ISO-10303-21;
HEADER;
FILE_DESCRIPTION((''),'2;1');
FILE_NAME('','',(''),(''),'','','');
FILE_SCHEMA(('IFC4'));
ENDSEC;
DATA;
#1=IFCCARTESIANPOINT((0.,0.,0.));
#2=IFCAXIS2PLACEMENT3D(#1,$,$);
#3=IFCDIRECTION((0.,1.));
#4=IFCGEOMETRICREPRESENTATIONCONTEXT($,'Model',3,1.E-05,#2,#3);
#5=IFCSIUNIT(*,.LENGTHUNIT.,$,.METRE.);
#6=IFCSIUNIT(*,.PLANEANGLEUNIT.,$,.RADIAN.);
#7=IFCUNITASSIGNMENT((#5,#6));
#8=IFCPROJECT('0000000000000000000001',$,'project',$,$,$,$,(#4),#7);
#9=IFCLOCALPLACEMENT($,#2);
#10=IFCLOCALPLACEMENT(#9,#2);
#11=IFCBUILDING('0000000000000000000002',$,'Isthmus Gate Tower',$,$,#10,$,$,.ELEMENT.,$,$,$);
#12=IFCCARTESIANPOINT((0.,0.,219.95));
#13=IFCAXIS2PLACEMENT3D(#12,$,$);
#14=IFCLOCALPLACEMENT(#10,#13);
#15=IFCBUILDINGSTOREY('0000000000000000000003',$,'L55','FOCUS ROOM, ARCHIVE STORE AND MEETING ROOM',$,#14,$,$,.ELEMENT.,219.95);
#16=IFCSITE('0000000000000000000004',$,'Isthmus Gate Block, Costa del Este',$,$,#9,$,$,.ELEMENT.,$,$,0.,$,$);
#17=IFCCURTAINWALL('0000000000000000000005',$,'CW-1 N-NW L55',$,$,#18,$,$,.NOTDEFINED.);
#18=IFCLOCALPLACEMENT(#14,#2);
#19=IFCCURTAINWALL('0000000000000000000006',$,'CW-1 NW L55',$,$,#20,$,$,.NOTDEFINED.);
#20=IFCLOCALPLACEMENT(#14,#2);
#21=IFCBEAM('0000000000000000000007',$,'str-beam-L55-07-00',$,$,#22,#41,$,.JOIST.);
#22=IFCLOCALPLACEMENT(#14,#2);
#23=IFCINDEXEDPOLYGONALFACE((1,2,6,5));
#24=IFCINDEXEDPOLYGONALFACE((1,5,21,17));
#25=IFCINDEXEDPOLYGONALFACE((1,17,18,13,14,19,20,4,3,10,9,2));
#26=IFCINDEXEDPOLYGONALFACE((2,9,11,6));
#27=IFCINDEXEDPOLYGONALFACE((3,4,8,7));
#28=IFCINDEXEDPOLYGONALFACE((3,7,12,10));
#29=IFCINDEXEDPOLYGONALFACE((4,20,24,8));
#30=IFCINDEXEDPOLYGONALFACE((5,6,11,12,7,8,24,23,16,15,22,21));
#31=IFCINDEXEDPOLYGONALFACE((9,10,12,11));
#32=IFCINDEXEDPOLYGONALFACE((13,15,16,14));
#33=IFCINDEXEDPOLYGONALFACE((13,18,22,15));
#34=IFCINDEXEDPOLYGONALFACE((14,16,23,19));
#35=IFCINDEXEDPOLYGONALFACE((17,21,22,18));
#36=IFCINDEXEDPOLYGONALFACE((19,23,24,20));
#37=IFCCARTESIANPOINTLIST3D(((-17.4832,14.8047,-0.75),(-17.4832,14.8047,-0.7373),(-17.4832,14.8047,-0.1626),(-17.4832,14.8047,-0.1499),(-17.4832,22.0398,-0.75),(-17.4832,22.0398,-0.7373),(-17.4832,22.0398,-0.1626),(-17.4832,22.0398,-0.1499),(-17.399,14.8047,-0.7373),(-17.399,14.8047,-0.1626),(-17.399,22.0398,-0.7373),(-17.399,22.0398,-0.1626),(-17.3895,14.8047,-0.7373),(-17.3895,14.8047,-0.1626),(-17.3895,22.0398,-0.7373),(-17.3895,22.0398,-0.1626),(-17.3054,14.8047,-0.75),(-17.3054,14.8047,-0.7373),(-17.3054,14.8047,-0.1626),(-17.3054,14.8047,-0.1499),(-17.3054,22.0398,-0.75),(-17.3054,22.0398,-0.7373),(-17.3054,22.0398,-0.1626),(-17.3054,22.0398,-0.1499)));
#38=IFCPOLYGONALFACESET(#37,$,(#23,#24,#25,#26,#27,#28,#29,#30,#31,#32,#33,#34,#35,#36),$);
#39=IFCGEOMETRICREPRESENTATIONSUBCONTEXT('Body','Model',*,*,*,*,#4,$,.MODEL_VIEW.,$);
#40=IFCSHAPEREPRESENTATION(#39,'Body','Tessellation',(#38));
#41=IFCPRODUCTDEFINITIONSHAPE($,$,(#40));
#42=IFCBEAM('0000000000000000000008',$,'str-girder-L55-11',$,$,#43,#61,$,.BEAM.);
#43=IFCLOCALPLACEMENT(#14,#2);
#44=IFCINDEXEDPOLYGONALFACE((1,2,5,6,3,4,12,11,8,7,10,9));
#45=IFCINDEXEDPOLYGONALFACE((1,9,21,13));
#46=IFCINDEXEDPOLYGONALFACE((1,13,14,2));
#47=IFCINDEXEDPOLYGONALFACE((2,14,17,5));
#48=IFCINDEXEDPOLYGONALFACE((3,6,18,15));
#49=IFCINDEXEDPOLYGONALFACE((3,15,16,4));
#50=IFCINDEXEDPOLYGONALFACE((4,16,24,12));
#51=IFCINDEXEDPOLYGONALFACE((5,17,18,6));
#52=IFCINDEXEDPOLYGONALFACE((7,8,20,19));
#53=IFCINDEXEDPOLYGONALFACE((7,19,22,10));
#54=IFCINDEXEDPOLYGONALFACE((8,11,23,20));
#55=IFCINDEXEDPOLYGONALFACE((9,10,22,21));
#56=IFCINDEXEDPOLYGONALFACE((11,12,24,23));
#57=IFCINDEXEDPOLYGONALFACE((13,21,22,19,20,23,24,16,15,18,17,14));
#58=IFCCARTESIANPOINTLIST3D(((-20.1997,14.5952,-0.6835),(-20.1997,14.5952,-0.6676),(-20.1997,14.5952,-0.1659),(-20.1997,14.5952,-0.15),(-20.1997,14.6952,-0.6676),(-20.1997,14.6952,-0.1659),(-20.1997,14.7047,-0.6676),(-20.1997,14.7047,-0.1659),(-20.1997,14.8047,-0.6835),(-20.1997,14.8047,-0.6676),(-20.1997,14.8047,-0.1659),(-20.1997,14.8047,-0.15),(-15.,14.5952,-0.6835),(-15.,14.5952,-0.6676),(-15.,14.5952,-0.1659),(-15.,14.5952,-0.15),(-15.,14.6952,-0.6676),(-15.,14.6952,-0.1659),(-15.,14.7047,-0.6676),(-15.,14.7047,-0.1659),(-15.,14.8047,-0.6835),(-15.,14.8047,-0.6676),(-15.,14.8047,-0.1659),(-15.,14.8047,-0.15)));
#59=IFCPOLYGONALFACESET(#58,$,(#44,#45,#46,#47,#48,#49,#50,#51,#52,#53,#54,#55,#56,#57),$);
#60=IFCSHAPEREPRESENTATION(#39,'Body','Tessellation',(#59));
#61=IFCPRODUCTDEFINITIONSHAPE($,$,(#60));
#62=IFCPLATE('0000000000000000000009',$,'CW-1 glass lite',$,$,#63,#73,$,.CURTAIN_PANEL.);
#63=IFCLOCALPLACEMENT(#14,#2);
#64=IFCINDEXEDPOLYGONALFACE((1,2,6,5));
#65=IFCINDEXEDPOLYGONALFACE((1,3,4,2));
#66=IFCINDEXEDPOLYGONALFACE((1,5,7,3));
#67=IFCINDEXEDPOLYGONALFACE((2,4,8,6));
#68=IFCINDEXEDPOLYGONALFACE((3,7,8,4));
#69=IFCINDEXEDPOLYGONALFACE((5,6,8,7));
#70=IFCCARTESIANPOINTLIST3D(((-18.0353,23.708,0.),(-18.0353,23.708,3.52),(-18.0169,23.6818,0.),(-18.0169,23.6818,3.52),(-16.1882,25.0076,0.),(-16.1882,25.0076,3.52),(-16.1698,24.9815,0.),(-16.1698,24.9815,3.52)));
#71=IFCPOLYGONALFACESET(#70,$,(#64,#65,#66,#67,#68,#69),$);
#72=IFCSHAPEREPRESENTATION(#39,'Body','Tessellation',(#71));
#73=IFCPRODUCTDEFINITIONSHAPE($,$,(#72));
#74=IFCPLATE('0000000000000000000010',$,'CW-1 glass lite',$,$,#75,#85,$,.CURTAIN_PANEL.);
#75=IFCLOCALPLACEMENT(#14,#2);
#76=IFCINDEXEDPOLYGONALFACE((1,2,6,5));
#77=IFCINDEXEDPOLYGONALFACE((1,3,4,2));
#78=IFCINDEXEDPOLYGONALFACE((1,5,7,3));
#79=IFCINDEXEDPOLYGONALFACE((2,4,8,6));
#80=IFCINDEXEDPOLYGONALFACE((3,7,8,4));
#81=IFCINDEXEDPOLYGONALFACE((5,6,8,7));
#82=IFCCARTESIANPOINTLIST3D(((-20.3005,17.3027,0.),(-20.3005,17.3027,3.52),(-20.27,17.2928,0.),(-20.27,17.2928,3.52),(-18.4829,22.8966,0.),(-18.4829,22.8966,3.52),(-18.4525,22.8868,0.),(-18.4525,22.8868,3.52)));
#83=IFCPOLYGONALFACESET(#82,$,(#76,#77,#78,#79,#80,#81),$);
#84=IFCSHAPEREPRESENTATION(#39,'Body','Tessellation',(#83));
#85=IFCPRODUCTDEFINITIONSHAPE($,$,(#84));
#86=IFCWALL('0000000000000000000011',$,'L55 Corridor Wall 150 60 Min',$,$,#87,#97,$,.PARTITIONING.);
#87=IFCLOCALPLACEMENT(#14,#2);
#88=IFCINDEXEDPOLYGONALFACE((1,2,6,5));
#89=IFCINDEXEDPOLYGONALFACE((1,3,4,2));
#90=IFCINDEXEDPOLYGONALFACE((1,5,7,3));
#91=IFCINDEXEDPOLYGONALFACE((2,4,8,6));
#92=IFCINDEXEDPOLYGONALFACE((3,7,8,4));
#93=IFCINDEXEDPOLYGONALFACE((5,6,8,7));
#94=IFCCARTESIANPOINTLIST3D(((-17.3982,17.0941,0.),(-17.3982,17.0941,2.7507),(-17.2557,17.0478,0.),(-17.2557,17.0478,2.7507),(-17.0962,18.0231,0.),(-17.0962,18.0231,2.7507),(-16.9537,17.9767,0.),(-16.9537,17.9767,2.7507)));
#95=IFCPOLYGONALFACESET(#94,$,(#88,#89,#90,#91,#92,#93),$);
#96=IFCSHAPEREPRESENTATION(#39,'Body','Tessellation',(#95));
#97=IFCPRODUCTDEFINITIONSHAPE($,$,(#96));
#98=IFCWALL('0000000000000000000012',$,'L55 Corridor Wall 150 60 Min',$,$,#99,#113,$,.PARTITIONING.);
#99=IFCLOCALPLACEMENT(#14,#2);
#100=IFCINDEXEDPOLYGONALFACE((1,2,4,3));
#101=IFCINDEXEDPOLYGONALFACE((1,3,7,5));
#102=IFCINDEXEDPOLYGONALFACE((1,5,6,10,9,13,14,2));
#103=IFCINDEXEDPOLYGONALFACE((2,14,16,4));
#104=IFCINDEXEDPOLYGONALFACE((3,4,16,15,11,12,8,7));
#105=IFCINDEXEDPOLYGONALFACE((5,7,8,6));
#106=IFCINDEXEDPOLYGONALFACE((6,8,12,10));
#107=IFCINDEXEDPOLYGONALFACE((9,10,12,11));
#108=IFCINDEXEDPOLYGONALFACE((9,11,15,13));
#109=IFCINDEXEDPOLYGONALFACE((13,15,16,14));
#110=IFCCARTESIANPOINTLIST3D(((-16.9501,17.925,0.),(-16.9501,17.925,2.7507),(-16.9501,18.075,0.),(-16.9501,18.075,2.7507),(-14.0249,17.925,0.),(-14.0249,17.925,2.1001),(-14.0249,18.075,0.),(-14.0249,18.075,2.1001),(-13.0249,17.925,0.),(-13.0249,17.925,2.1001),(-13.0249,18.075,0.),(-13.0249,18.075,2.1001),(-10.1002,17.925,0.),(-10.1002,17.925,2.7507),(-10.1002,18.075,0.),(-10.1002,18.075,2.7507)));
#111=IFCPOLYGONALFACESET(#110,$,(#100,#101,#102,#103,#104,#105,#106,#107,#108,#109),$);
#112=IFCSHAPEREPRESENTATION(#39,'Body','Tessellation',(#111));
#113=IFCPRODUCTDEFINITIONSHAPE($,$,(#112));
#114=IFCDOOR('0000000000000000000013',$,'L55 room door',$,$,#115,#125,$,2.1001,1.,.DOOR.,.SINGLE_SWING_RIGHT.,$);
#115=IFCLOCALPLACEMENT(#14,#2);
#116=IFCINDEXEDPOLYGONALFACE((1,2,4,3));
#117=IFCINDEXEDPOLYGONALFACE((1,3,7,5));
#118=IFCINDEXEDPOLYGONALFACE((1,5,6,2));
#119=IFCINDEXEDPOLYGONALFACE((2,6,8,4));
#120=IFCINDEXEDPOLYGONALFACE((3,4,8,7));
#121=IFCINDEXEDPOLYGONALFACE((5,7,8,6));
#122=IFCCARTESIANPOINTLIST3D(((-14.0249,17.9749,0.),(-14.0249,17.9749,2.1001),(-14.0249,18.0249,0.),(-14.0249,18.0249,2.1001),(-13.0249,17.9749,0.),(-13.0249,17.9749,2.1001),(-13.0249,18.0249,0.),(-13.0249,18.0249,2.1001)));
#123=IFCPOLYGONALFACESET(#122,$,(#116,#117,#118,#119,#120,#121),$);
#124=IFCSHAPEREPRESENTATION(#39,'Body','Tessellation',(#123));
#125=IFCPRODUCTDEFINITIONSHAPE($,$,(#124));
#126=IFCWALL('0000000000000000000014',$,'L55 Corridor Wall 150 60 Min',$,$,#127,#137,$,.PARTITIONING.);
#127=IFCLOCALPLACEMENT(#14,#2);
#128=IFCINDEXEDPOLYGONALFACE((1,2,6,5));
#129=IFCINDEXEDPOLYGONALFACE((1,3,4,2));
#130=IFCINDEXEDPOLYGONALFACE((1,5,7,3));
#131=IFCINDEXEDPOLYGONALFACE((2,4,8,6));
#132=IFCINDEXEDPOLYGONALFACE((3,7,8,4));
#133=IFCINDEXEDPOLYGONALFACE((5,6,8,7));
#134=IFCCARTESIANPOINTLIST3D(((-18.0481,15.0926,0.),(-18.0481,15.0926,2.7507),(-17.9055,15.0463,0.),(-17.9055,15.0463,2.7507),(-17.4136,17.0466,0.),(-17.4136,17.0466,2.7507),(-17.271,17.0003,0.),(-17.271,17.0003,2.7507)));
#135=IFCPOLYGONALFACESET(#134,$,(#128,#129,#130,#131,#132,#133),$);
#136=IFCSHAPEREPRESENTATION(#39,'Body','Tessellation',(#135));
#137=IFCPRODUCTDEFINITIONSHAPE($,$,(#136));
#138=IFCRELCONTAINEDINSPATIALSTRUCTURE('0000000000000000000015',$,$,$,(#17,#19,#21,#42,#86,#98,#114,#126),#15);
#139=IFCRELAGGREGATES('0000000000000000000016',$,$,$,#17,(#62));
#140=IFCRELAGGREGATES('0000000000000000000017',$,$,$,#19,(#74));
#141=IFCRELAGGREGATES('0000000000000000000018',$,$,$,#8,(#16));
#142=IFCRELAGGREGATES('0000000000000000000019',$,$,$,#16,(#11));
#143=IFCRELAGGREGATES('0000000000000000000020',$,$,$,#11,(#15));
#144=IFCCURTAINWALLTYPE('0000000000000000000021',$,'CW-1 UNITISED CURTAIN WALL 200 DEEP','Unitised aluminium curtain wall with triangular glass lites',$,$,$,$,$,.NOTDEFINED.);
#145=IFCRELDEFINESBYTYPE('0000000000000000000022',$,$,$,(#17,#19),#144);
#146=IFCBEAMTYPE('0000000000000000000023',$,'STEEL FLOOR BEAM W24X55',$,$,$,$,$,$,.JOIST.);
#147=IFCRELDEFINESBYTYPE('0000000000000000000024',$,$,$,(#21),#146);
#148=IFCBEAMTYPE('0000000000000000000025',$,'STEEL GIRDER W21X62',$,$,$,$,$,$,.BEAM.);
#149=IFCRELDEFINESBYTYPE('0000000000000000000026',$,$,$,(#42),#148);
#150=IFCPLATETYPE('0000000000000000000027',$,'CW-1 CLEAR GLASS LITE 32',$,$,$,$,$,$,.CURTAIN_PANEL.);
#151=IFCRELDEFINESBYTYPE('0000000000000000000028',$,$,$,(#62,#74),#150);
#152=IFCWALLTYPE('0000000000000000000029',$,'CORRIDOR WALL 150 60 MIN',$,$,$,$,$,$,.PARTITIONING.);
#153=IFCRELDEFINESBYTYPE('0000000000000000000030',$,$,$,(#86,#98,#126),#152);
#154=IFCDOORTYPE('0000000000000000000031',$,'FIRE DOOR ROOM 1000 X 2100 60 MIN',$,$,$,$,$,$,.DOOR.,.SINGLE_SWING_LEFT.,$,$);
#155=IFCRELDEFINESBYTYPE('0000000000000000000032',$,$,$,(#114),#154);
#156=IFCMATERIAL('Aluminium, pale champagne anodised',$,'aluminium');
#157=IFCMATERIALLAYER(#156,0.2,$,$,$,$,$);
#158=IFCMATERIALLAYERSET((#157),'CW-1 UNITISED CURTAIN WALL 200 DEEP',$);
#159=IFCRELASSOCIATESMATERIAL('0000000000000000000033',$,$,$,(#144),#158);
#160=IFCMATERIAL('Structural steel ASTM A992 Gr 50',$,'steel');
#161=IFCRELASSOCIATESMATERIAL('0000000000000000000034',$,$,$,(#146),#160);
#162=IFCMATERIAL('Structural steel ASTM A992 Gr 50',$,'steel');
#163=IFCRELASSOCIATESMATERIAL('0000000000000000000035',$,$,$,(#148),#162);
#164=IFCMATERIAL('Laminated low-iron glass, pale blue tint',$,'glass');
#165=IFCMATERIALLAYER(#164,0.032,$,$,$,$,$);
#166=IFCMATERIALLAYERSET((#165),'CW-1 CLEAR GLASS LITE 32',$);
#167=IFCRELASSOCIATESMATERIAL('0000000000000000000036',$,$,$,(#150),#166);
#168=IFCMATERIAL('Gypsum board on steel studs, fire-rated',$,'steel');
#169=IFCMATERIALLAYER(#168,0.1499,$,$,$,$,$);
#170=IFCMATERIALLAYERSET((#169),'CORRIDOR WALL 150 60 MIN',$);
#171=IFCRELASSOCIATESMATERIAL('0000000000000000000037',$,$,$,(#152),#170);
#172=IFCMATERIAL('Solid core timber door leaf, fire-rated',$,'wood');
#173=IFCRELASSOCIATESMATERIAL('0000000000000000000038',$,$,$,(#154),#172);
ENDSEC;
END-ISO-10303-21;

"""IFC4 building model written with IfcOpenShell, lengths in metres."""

from ifc_helpers import new_model, si_unit, direction, frame, frame_2d, origin, origin_2d, place, context, subcontext, project, spatial, rectangle, i_section, extrude, material, layer, layer_set, material_profile, profile_set, type_object, element, fill, aggregate, save


model = new_model("IFC4")

# Units and contexts
model_context = context("Model", 3, precision=1e-05, world=origin(), true_north=direction((0.0, 1.0)))
body_context = subcontext(model_context, "Body", "Model", "MODEL_VIEW")
ifc_project = project(units=[si_unit("LENGTHUNIT", "METRE"), si_unit("PLANEANGLEUNIT", "RADIAN")], contexts=[model_context])

# Site, building, storey
site_placement = place(None, origin())
site = spatial("IfcSite", under=ifc_project, at=site_placement, Name="Isthmus Gate Block, Costa del Este", CompositionType="ELEMENT", RefElevation=0.0)
building_placement = place(site_placement, origin())
building = spatial("IfcBuilding", under=site, at=building_placement, Name="Isthmus Gate Tower", CompositionType="ELEMENT")
storey_placement = place(building_placement, frame((0.0, 0.0, 219.95)))
storey = spatial("IfcBuildingStorey", under=building, at=storey_placement, Name="L55", Description="FOCUS ROOM, ARCHIVE STORE AND MEETING ROOM", CompositionType="ELEMENT", Elevation=219.95)

# Curtain walls
ifc_material_1 = material(Name="Aluminium, pale champagne anodised", Category="aluminium")
ifc_layer_1 = layer(ifc_material_1, 0.2)
ifc_layer_set_1 = layer_set([ifc_layer_1], Name="CW-1 UNITISED CURTAIN WALL 200 DEEP")
curtain_wall_type = type_object("IfcCurtainWallType", Name="CW-1 UNITISED CURTAIN WALL 200 DEEP", Description="Unitised aluminium curtain wall with triangular glass lites", PredefinedType="NOTDEFINED", material=ifc_layer_set_1)
curtain_wall_1_placement = place(storey_placement, origin())
curtain_wall_1 = element("IfcCurtainWall", 1, at=curtain_wall_1_placement, inside=storey, type_object=curtain_wall_type, Name="CW-1 N-NW L55", PredefinedType="NOTDEFINED")
curtain_wall_2_placement = place(storey_placement, origin())
curtain_wall_2 = element("IfcCurtainWall", 2, at=curtain_wall_2_placement, inside=storey, type_object=curtain_wall_type, Name="CW-1 NW L55", PredefinedType="NOTDEFINED")

# Beams
ifc_material_2 = material(Name="Structural steel ASTM A992 Gr 50", Category="steel")
ifc_material_profile_1 = material_profile(ifc_material_2, i_section(OverallWidth=0.1777, OverallDepth=0.6001, WebThickness=0.0095, FlangeThickness=0.0127, at=origin_2d()), Name="W24X55")
ifc_profile_set_1 = profile_set([ifc_material_profile_1], Name="Structural steel ASTM A992 Gr 50")
beam_type_1 = type_object("IfcBeamType", Name="STEEL FLOOR BEAM W24X55", PredefinedType="JOIST", material=ifc_profile_set_1)
beam_1_placement = place(storey_placement, frame((-17.3943, 14.8047, -0.45), z_axis=(0.0, 1.0, 0.0), x_axis=(-1.0, 0.0, 0.0)))
element("IfcBeam", 3, at=beam_1_placement, inside=storey, type_object=beam_type_1, Name="str-beam-L55-07-00", PredefinedType="JOIST", context=body_context, shape_type="SweptSolid", body=[
    extrude(i_section(OverallWidth=0.1777, OverallDepth=0.6001, WebThickness=0.0095, FlangeThickness=0.0127, at=origin_2d()), origin(), (0.0, 0.0, 1.0), 7.2351),
])
ifc_material_3 = material(Name="Structural steel ASTM A992 Gr 50", Category="steel")
ifc_material_profile_2 = material_profile(ifc_material_3, i_section(OverallWidth=0.2095, OverallDepth=0.5334, WebThickness=0.0095, FlangeThickness=0.0159, at=origin_2d()), Name="W21X62")
ifc_profile_set_2 = profile_set([ifc_material_profile_2], Name="Structural steel ASTM A992 Gr 50")
beam_type_2 = type_object("IfcBeamType", Name="STEEL GIRDER W21X62", PredefinedType="BEAM", material=ifc_profile_set_2)
beam_2_placement = place(storey_placement, frame((-15.0, 14.7, -0.4167), z_axis=(-1.0, 0.0, 0.0), x_axis=(0.0, -1.0, 0.0)))
element("IfcBeam", 4, at=beam_2_placement, inside=storey, type_object=beam_type_2, Name="str-girder-L55-11", PredefinedType="BEAM", context=body_context, shape_type="SweptSolid", body=[
    extrude(i_section(OverallWidth=0.2095, OverallDepth=0.5334, WebThickness=0.0095, FlangeThickness=0.0159, at=origin_2d()), origin(), (0.0, 0.0, 1.0), 5.1997),
])

# Plates
ifc_material_4 = material(Name="Laminated low-iron glass, pale blue tint", Category="glass")
ifc_layer_2 = layer(ifc_material_4, 0.032)
ifc_layer_set_2 = layer_set([ifc_layer_2], Name="CW-1 CLEAR GLASS LITE 32")
plate_type = type_object("IfcPlateType", Name="CW-1 CLEAR GLASS LITE 32", PredefinedType="CURTAIN_PANEL", material=ifc_layer_set_2)
plate_1_placement = place(storey_placement, frame((-17.1025, 24.3447, 0.0), z_axis=(0.0, 0.0, 1.0), x_axis=(-0.81786, -0.575418, 0.0)))
plate_1 = element("IfcPlate", 5, at=plate_1_placement, type_object=plate_type, Name="CW-1 glass lite", PredefinedType="CURTAIN_PANEL", context=body_context, shape_type="SweptSolid", body=[
    extrude(rectangle(XDim=2.2585, YDim=0.032, at=origin_2d()), origin(), (0.0, 0.0, 1.0), 3.52),
])
aggregate(curtain_wall_1, [plate_1])
plate_2_placement = place(storey_placement, frame((-19.3765, 20.0947, 0.0), z_axis=(0.0, 0.0, 1.0), x_axis=(-0.309017, -0.951057, 0.0)))
plate_2 = element("IfcPlate", 6, at=plate_2_placement, type_object=plate_type, Name="CW-1 glass lite", PredefinedType="CURTAIN_PANEL", context=body_context, shape_type="SweptSolid", body=[
    extrude(rectangle(XDim=5.8818, YDim=0.032, at=origin_2d()), origin(), (0.0, 0.0, 1.0), 3.52),
])

# Wall
ifc_material_5 = material(Name="Gypsum board on steel studs, fire-rated", Category="steel")
ifc_layer_3 = layer(ifc_material_5, 0.1499)
ifc_layer_set_3 = layer_set([ifc_layer_3], Name="CORRIDOR WALL 150 60 MIN")
wall_type_1 = type_object("IfcWallType", Name="CORRIDOR WALL 150 60 MIN", PredefinedType="PARTITIONING", material=ifc_layer_set_3)
wall_1_placement = place(storey_placement, frame((-17.3269, 17.071, 0.0), z_axis=(0.0, 0.0, 1.0), x_axis=(0.309171, 0.951007, 0.0)))
element("IfcWall", 7, at=wall_1_placement, inside=storey, type_object=wall_type_1, Name="L55 Corridor Wall 150 60 Min", PredefinedType="PARTITIONING", context=body_context, shape_type="SweptSolid", body=[
    extrude(rectangle(XDim=0.9768, YDim=0.1499, at=frame_2d((0.4883, 0.0))), origin(), (0.0, 0.0, 1.0), 2.7507),
])

# Wall, opening, door
wall_2_placement = place(storey_placement, frame((-16.95, 18.0, 0.0), z_axis=(0.0, 0.0, 1.0), x_axis=(1.0, 0.0, 0.0)))
wall_2 = element("IfcWall", 8, at=wall_2_placement, inside=storey, type_object=wall_type_1, Name="L55 Corridor Wall 150 60 Min", PredefinedType="PARTITIONING", context=body_context, shape_type="SweptSolid", body=[
    extrude(rectangle(XDim=6.8499, YDim=0.1499, at=frame_2d((3.4248, 0.0))), origin(), (0.0, 0.0, 1.0), 2.7507),
])
opening_1_placement = place(wall_2_placement, frame((2.925, 0.0, 0.0)))
opening_1 = element("IfcOpeningElement", 9, at=opening_1_placement, cuts=wall_2, PredefinedType="OPENING", context=body_context, shape_type="SweptSolid", body=[
    extrude(rectangle(XDim=1.0, YDim=2.1001, at=frame_2d((0.5, 1.05))), frame((0.0, 0.085, 0.0), z_axis=(0.0, -1.0, 0.0), x_axis=(1.0, 0.0, 0.0)), (0.0, 0.0, 1.0), 0.1699),
])
ifc_material_6 = material(Name="Solid core timber door leaf, fire-rated", Category="wood")
door_type_1 = type_object("IfcDoorType", Name="FIRE DOOR ROOM 1000 X 2100 60 MIN", OperationType="SINGLE_SWING_LEFT", PredefinedType="DOOR", material=ifc_material_6)
door_1_placement = place(opening_1_placement, origin())
door_1 = element("IfcDoor", 10, at=door_1_placement, inside=storey, type_object=door_type_1, Name="L55 room door", OperationType="SINGLE_SWING_RIGHT", OverallHeight=2.1001, OverallWidth=1.0, PredefinedType="DOOR", context=body_context, shape_type="SweptSolid", body=[
    extrude(rectangle(XDim=1.0, YDim=2.1001, at=frame_2d((0.5, 1.05))), frame((0.0, 0.0249, 0.0), z_axis=(0.0, -1.0, 0.0), x_axis=(1.0, 0.0, 0.0)), (0.0, 0.0, 1.0), 0.05),
])
fill(opening_1, door_1)

# Wall
wall_3_placement = place(storey_placement, frame((-17.9768, 15.0693, 0.0), z_axis=(0.0, 0.0, 1.0), x_axis=(0.308839, 0.951114, 0.0)))
element("IfcWall", 11, at=wall_3_placement, inside=storey, type_object=wall_type_1, Name="L55 Corridor Wall 150 60 Min", PredefinedType="PARTITIONING", context=body_context, shape_type="SweptSolid", body=[
    extrude(rectangle(XDim=2.0544, YDim=0.1499, at=frame_2d((1.0273, 0.0))), origin(), (0.0, 0.0, 1.0), 2.7507),
])

aggregate(curtain_wall_2, [plate_2])

save(model, "model.ifc")
